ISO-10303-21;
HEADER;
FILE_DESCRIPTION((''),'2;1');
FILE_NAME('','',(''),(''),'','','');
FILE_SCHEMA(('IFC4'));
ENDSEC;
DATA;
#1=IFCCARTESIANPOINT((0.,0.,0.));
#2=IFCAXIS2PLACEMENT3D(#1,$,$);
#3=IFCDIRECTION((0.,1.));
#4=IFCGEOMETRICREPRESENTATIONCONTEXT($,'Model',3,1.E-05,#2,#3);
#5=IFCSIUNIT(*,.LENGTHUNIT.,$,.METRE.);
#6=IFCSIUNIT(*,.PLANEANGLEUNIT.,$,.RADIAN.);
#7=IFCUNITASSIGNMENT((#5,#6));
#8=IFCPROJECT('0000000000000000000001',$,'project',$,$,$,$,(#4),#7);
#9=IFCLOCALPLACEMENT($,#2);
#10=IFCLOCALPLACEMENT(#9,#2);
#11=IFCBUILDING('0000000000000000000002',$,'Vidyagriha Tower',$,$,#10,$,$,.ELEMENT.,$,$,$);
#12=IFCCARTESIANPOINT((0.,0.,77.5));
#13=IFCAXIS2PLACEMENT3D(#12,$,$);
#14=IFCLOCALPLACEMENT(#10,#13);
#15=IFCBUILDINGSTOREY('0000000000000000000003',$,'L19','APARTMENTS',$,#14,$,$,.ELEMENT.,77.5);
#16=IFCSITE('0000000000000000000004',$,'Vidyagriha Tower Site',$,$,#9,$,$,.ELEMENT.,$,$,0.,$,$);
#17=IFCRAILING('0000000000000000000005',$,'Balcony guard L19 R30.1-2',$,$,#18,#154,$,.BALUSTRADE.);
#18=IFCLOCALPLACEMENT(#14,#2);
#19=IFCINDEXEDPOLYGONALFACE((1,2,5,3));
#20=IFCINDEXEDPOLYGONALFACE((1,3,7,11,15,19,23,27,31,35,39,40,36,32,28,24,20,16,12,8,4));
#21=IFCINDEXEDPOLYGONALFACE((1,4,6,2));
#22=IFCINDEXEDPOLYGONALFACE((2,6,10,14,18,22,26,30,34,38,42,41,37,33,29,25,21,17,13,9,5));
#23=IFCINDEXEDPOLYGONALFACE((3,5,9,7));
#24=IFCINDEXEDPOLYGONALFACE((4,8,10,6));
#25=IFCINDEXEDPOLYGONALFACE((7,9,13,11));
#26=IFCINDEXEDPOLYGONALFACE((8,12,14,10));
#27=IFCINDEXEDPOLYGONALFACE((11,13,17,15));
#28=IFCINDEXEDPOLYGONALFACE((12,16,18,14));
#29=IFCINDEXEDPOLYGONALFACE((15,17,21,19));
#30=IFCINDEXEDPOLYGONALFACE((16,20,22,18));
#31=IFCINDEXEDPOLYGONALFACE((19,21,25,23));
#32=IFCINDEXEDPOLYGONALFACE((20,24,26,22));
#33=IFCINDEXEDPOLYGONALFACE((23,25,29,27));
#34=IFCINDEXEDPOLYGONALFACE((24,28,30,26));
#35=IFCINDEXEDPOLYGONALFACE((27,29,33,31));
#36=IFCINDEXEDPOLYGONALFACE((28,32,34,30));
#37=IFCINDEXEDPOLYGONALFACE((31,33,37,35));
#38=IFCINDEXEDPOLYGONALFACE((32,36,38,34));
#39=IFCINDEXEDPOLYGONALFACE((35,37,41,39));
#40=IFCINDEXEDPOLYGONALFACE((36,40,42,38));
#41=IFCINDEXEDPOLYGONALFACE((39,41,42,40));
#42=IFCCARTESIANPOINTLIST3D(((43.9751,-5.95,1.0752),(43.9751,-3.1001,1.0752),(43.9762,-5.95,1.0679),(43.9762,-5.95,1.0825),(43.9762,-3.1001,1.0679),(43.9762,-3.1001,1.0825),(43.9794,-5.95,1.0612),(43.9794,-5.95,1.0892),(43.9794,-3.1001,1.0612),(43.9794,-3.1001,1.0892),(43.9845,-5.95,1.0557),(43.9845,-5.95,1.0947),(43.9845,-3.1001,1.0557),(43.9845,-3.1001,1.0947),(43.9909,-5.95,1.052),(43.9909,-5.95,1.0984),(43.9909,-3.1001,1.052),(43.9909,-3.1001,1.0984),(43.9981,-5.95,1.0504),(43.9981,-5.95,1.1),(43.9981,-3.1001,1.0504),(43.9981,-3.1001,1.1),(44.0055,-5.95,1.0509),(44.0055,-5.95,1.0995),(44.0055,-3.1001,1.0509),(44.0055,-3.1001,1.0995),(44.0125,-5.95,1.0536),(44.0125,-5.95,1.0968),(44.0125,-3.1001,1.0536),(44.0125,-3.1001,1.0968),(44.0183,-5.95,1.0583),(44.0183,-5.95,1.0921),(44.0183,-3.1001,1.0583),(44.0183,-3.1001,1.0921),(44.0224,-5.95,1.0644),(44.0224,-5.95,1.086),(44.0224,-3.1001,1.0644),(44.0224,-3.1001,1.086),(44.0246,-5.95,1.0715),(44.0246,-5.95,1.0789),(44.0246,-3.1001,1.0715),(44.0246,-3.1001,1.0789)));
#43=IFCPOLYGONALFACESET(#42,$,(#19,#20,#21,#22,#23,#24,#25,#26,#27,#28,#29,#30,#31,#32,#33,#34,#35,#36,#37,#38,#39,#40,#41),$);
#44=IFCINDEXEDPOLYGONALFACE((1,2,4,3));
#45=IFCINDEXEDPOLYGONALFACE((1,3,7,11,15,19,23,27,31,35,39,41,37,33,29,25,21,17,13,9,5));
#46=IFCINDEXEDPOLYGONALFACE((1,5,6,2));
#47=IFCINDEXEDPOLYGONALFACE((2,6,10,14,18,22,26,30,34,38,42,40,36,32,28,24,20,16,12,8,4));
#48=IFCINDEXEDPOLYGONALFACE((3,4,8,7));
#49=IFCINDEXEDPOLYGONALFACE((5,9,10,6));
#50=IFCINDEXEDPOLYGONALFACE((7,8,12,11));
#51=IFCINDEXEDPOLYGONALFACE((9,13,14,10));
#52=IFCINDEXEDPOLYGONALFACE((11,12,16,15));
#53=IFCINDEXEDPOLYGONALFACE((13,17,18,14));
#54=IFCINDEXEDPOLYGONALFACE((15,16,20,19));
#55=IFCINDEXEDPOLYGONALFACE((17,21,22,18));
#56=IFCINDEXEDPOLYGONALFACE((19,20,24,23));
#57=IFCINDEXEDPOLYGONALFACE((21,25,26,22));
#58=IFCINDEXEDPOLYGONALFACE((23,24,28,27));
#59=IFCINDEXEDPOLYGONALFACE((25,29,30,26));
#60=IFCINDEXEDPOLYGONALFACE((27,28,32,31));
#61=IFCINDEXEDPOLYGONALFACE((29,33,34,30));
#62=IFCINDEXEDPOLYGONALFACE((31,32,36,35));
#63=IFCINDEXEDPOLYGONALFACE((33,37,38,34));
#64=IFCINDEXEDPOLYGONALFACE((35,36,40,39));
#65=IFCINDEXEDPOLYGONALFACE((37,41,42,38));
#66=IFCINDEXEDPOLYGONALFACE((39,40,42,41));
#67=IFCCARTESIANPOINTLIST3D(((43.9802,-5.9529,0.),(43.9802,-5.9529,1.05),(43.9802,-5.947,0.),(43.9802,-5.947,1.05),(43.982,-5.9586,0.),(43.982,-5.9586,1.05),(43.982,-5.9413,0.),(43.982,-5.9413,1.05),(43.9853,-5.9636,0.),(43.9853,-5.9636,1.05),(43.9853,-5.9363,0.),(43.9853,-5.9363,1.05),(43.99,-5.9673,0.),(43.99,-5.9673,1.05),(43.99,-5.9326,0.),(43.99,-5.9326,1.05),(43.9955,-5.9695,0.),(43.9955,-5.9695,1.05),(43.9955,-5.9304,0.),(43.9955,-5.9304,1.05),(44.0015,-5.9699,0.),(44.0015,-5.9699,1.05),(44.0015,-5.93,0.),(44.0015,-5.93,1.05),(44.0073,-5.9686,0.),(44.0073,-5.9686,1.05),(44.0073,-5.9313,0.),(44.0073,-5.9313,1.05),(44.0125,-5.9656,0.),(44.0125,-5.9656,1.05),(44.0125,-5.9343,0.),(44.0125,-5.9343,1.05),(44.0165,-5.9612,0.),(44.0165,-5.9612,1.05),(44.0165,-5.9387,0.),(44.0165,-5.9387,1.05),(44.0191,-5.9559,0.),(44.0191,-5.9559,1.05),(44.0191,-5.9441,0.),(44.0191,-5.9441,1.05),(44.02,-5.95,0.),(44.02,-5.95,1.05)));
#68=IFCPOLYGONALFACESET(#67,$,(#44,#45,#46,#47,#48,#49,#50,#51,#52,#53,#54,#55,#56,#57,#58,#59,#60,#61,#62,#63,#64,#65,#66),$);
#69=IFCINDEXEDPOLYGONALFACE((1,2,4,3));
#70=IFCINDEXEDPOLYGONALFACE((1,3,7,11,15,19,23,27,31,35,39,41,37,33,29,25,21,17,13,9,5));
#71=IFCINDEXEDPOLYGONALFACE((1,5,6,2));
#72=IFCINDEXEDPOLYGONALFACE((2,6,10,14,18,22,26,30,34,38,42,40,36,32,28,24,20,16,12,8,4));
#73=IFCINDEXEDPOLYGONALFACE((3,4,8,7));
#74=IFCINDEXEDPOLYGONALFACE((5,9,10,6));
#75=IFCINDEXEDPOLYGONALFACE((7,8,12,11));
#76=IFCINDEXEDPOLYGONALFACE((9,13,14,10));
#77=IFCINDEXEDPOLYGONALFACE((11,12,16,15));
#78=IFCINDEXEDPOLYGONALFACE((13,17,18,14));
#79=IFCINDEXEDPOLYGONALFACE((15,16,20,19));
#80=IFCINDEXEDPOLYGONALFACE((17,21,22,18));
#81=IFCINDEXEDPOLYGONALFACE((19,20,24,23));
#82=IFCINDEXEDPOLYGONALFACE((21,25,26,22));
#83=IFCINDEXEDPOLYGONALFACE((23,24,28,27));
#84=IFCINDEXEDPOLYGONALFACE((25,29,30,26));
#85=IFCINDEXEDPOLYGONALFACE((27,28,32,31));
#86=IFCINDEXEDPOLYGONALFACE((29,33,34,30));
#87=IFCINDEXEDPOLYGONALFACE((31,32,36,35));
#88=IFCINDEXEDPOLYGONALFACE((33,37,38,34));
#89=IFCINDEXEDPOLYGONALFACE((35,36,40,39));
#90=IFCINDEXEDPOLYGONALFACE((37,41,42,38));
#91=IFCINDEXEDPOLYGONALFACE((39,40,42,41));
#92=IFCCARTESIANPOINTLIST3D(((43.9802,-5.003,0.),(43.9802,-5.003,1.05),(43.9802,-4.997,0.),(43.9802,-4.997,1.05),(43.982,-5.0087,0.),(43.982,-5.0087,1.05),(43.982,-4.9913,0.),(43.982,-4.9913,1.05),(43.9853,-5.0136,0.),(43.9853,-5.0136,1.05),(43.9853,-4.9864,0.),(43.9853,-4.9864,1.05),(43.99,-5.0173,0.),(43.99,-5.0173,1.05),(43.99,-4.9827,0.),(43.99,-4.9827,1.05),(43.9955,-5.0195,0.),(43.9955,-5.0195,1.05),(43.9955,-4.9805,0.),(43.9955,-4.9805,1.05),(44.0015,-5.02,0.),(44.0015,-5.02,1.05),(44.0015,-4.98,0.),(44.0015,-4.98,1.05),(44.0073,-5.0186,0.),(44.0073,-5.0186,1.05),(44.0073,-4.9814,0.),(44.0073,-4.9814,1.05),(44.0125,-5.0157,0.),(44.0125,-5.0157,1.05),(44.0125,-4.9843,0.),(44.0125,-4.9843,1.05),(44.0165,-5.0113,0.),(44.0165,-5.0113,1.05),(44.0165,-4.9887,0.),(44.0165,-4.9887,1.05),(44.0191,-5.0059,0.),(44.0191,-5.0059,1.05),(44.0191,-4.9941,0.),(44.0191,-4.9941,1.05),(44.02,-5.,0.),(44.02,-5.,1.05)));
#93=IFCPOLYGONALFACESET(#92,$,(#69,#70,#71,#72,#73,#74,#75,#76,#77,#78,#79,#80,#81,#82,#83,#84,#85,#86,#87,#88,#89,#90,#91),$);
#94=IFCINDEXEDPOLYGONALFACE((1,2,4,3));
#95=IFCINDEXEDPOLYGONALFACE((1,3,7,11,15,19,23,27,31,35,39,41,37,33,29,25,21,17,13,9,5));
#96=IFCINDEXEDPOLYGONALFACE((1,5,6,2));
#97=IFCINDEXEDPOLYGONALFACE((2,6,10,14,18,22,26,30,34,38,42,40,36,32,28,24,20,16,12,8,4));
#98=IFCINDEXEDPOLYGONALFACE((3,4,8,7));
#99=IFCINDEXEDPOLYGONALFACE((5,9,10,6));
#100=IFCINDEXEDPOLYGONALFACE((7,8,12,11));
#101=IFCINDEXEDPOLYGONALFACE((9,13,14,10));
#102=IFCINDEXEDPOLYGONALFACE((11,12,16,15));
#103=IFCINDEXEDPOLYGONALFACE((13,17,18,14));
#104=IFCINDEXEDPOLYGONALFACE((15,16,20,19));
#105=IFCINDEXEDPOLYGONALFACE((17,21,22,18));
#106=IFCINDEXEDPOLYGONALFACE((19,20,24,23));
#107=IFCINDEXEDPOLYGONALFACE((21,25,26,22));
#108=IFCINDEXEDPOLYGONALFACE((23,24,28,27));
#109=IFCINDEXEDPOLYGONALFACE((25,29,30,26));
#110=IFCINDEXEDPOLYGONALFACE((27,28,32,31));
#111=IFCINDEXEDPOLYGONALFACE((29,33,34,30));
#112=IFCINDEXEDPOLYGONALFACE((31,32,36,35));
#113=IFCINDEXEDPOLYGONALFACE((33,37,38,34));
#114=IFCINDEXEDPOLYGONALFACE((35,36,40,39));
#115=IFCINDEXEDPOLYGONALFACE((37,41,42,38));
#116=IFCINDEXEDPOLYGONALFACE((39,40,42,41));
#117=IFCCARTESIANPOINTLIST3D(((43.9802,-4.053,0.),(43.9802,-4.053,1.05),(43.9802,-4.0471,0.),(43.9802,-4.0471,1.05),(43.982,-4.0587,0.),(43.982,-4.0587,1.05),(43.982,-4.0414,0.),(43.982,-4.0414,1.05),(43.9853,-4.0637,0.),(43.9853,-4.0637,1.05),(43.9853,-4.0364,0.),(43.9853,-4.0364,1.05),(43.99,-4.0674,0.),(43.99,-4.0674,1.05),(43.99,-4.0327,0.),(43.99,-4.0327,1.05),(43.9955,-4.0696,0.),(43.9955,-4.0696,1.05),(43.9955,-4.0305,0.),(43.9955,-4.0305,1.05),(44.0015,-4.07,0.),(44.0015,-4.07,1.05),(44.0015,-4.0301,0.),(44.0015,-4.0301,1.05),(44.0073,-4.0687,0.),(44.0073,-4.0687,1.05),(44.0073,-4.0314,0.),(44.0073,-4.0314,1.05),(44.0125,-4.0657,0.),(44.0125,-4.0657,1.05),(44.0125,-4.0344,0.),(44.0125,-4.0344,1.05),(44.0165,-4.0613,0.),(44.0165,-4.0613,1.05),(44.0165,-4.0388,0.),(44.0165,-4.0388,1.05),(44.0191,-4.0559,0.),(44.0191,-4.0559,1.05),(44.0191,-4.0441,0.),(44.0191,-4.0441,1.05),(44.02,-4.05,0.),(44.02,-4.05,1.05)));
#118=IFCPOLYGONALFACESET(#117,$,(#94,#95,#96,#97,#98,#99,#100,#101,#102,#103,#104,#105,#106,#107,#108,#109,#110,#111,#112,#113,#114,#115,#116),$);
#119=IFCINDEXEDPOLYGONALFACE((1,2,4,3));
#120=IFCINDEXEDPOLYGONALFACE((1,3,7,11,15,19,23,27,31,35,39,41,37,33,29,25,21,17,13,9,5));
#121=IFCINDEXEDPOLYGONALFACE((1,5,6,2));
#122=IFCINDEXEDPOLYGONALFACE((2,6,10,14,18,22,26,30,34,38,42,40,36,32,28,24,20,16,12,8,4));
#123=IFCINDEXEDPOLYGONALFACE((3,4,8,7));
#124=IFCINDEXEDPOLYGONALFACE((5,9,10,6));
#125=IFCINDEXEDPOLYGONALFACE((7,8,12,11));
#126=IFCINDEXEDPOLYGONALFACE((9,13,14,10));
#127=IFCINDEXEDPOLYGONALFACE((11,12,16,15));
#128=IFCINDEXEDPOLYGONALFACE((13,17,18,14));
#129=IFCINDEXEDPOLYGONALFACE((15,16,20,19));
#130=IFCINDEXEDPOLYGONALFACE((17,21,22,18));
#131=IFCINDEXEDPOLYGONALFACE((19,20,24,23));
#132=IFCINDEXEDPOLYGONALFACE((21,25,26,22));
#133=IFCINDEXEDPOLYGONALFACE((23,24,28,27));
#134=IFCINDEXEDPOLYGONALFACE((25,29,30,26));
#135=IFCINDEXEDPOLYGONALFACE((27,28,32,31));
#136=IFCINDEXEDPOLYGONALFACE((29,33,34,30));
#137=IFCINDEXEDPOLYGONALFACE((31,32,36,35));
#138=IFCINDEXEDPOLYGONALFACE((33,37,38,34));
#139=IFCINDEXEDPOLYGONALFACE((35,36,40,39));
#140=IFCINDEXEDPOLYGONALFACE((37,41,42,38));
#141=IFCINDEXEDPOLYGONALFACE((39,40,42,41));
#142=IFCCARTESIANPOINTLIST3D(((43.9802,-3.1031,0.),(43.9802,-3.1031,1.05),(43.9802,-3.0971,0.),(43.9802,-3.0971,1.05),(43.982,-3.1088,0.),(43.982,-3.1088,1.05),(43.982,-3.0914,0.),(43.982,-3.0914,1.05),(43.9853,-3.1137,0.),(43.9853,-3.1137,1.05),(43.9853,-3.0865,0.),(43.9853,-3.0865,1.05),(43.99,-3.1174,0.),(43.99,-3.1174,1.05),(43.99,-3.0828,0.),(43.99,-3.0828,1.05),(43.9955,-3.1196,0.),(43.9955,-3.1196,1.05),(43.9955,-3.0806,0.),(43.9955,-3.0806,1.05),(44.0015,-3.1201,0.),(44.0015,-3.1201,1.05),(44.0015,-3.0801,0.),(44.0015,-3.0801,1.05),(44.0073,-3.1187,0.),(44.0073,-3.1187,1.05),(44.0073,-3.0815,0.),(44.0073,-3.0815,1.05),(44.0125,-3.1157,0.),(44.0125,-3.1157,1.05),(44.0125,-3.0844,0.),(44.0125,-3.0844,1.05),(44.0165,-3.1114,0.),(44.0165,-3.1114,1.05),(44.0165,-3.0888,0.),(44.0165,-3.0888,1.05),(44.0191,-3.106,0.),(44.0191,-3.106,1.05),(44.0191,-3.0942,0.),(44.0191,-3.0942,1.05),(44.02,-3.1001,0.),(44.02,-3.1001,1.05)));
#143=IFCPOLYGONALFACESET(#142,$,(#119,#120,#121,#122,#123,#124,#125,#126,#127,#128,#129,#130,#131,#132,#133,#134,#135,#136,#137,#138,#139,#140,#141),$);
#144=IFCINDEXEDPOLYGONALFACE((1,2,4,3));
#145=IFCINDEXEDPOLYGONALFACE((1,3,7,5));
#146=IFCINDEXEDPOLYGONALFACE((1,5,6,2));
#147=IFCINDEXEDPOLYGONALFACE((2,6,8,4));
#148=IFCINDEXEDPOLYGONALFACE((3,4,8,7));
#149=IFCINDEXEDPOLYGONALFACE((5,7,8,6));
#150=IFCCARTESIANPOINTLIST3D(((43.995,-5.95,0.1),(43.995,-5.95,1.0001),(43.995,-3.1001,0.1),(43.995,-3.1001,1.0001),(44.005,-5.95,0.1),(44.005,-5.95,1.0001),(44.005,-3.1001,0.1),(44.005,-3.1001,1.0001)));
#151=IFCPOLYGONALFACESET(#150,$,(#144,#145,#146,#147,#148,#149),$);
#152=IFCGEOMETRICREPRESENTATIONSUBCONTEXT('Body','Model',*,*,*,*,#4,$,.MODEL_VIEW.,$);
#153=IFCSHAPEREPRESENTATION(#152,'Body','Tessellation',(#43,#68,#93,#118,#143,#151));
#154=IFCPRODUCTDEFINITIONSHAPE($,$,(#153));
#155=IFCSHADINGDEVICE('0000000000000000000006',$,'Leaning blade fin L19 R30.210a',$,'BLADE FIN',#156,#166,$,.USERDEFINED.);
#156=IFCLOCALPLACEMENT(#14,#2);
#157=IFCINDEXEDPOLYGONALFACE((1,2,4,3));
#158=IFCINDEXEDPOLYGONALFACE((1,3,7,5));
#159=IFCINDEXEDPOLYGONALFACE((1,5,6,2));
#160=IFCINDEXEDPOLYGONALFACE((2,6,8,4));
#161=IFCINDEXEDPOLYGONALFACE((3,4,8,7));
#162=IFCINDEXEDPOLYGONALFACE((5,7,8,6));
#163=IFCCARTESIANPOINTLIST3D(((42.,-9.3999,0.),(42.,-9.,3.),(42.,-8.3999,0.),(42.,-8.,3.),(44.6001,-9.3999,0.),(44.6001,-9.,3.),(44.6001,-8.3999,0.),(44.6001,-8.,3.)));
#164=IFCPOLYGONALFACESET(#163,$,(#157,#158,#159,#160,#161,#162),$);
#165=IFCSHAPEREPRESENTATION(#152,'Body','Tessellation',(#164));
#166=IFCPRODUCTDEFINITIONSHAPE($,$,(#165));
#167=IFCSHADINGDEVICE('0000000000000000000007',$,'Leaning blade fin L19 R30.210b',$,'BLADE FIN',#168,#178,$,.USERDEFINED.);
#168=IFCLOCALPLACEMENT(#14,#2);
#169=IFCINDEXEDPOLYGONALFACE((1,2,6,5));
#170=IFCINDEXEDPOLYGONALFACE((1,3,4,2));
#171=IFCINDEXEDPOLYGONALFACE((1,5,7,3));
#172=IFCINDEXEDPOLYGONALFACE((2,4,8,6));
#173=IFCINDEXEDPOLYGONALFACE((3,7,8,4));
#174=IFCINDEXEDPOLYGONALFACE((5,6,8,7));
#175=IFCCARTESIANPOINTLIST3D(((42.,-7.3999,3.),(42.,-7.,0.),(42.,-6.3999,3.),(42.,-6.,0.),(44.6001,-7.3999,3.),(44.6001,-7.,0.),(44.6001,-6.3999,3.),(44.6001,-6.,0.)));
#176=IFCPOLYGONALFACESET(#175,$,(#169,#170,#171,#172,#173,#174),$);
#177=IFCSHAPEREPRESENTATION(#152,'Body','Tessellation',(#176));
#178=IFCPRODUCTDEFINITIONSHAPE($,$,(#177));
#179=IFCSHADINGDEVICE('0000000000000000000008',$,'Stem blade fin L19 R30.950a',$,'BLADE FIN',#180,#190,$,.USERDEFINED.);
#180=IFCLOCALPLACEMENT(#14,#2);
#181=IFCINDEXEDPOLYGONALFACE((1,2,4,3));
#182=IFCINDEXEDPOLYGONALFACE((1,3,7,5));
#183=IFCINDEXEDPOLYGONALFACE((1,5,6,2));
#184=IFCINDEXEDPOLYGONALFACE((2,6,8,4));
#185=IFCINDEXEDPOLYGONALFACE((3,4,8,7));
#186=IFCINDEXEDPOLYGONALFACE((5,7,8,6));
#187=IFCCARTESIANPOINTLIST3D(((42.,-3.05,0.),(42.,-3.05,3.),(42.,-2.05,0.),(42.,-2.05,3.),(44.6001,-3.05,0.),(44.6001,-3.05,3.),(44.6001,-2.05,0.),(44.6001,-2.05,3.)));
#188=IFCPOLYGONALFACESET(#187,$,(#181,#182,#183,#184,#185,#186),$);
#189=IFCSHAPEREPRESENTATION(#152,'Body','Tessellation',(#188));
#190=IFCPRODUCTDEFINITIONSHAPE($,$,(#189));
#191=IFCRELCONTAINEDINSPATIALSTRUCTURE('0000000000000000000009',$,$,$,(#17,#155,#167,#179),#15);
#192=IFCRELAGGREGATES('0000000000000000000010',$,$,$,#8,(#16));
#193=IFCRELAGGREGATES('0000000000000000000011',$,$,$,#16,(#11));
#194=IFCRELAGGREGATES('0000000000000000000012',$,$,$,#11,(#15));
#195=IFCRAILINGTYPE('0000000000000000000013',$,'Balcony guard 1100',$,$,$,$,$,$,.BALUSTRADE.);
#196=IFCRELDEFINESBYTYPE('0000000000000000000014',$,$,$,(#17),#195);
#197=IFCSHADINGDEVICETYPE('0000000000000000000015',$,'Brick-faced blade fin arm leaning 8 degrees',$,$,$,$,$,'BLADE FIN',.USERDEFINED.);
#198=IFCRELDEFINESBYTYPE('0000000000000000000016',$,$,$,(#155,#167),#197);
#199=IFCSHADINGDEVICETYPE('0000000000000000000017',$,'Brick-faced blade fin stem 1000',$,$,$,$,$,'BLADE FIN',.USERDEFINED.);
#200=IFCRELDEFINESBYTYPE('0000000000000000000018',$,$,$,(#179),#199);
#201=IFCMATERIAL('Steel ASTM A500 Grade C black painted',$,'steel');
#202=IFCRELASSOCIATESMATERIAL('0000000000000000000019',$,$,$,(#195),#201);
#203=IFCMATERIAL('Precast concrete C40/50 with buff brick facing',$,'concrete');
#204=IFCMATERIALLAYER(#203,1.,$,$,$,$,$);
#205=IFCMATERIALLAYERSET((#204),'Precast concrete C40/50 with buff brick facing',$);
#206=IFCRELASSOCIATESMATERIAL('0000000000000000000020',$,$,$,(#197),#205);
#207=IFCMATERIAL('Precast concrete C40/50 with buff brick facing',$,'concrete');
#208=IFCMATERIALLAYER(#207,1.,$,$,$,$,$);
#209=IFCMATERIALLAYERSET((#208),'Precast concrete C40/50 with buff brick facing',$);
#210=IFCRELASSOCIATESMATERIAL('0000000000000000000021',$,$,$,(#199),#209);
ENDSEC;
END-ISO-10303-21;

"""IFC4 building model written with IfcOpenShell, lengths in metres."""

from ifc_helpers import new_model, si_unit, direction, frame, origin, origin_2d, place, context, subcontext, project, spatial, polyline, rectangle, circle, outline, extrude, material, layer, layer_set, type_object, element, save


model = new_model("IFC4")

# Units and contexts
model_context = context("Model", 3, precision=1e-05, world=origin(), true_north=direction((0.0, 1.0)))
body_context = subcontext(model_context, "Body", "Model", "MODEL_VIEW")
ifc_project = project(units=[si_unit("LENGTHUNIT", "METRE"), si_unit("PLANEANGLEUNIT", "RADIAN")], contexts=[model_context])

# Site, building, storey
site_placement = place(None, origin())
site = spatial("IfcSite", under=ifc_project, at=site_placement, Name="Vidyagriha Tower Site", CompositionType="ELEMENT", RefElevation=0.0)
building_placement = place(site_placement, origin())
building = spatial("IfcBuilding", under=site, at=building_placement, Name="Vidyagriha Tower", CompositionType="ELEMENT")
storey_placement = place(building_placement, frame((0.0, 0.0, 77.5)))
storey = spatial("IfcBuildingStorey", under=building, at=storey_placement, Name="L19", Description="APARTMENTS", CompositionType="ELEMENT", Elevation=77.5)

# Railing
ifc_material_1 = material(Name="Steel ASTM A500 Grade C black painted", Category="steel")
railing_type_1 = type_object("IfcRailingType", Name="Balcony guard 1100", PredefinedType="BALUSTRADE", material=ifc_material_1)
railing_1_placement = place(storey_placement, frame((44.0, -5.95, 0.0)))
element("IfcRailing", 1, at=railing_1_placement, inside=storey, type_object=railing_type_1, Name="Balcony guard L19 R30.1-2", PredefinedType="BALUSTRADE", context=body_context, shape_type="SweptSolid", body=[
    extrude(circle(Radius=0.0249, at=origin_2d()), frame((0.0, 0.0, 1.0752), z_axis=(0.0, 1.0, 0.0), x_axis=(-1.0, 0.0, 0.0)), (0.0, 0.0, 1.0), 2.8499),
    extrude(circle(Radius=0.02, at=origin_2d()), origin(), (0.0, 0.0, 1.0), 1.05),
    extrude(circle(Radius=0.02, at=origin_2d()), frame((0.0, 0.95, 0.0)), (0.0, 0.0, 1.0), 1.05),
    extrude(circle(Radius=0.02, at=origin_2d()), frame((0.0, 1.8999, 0.0)), (0.0, 0.0, 1.0), 1.05),
    extrude(circle(Radius=0.02, at=origin_2d()), frame((0.0, 2.8499, 0.0)), (0.0, 0.0, 1.0), 1.05),
    extrude(rectangle(XDim=0.01, YDim=0.9001, at=origin_2d()), frame((0.0, 0.0, 0.55), z_axis=(0.0, 1.0, 0.0), x_axis=(-1.0, 0.0, 0.0)), (0.0, 0.0, 1.0), 2.8499),
])

# Shading devices
ifc_material_2 = material(Name="Precast concrete C40/50 with buff brick facing", Category="concrete")
ifc_layer_1 = layer(ifc_material_2, 1.0)
ifc_layer_set_1 = layer_set([ifc_layer_1], Name="Precast concrete C40/50 with buff brick facing")
shading_device_type_1 = type_object("IfcShadingDeviceType", Name="Brick-faced blade fin arm leaning 8 degrees", ElementType="BLADE FIN", PredefinedType="USERDEFINED", material=ifc_layer_set_1)
shading_device_1_placement = place(storey_placement, frame((43.3, -9.3999, 0.0), z_axis=(0.0, 0.0, 1.0), x_axis=(0.0, 1.0, 0.0)))
element("IfcShadingDevice", 2, at=shading_device_1_placement, inside=storey, type_object=shading_device_type_1, Name="Leaning blade fin L19 R30.210a", ObjectType="BLADE FIN", PredefinedType="USERDEFINED", context=body_context, shape_type="SweptSolid", body=[
    extrude(outline(polyline([(0.0, 0.0), (1.0, 0.0), (1.3999, 3.0), (0.3999, 3.0), (0.0, 0.0)])), frame((0.0, 1.3, 0.0), z_axis=(0.0, -1.0, 0.0), x_axis=(1.0, 0.0, 0.0)), (0.0, 0.0, 1.0), 2.6001),
])
shading_device_2_placement = place(storey_placement, frame((43.3, -7.3999, 0.0), z_axis=(0.0, 0.0, 1.0), x_axis=(0.0, 1.0, 0.0)))
element("IfcShadingDevice", 3, at=shading_device_2_placement, inside=storey, type_object=shading_device_type_1, Name="Leaning blade fin L19 R30.210b", ObjectType="BLADE FIN", PredefinedType="USERDEFINED", context=body_context, shape_type="SweptSolid", body=[
    extrude(outline(polyline([(0.3999, 0.0), (1.3999, 0.0), (1.0, 3.0), (0.0, 3.0), (0.3999, 0.0)])), frame((0.0, 1.3, 0.0), z_axis=(0.0, -1.0, 0.0), x_axis=(1.0, 0.0, 0.0)), (0.0, 0.0, 1.0), 2.6001),
])
ifc_material_3 = material(Name="Precast concrete C40/50 with buff brick facing", Category="concrete")
ifc_layer_2 = layer(ifc_material_3, 1.0)
ifc_layer_set_2 = layer_set([ifc_layer_2], Name="Precast concrete C40/50 with buff brick facing")
shading_device_type_2 = type_object("IfcShadingDeviceType", Name="Brick-faced blade fin stem 1000", ElementType="BLADE FIN", PredefinedType="USERDEFINED", material=ifc_layer_set_2)
shading_device_3_placement = place(storey_placement, frame((43.3, -3.05, 0.0), z_axis=(0.0, 0.0, 1.0), x_axis=(0.0, 1.0, 0.0)))
element("IfcShadingDevice", 4, at=shading_device_3_placement, inside=storey, type_object=shading_device_type_2, Name="Stem blade fin L19 R30.950a", ObjectType="BLADE FIN", PredefinedType="USERDEFINED", context=body_context, shape_type="SweptSolid", body=[
    extrude(outline(polyline([(0.0, 0.0), (1.0, 0.0), (1.0, 3.0), (0.0, 3.0), (0.0, 0.0)])), frame((0.0, 1.3, 0.0), z_axis=(0.0, -1.0, 0.0), x_axis=(1.0, 0.0, 0.0)), (0.0, 0.0, 1.0), 2.6001),
])

save(model, "model.ifc")
